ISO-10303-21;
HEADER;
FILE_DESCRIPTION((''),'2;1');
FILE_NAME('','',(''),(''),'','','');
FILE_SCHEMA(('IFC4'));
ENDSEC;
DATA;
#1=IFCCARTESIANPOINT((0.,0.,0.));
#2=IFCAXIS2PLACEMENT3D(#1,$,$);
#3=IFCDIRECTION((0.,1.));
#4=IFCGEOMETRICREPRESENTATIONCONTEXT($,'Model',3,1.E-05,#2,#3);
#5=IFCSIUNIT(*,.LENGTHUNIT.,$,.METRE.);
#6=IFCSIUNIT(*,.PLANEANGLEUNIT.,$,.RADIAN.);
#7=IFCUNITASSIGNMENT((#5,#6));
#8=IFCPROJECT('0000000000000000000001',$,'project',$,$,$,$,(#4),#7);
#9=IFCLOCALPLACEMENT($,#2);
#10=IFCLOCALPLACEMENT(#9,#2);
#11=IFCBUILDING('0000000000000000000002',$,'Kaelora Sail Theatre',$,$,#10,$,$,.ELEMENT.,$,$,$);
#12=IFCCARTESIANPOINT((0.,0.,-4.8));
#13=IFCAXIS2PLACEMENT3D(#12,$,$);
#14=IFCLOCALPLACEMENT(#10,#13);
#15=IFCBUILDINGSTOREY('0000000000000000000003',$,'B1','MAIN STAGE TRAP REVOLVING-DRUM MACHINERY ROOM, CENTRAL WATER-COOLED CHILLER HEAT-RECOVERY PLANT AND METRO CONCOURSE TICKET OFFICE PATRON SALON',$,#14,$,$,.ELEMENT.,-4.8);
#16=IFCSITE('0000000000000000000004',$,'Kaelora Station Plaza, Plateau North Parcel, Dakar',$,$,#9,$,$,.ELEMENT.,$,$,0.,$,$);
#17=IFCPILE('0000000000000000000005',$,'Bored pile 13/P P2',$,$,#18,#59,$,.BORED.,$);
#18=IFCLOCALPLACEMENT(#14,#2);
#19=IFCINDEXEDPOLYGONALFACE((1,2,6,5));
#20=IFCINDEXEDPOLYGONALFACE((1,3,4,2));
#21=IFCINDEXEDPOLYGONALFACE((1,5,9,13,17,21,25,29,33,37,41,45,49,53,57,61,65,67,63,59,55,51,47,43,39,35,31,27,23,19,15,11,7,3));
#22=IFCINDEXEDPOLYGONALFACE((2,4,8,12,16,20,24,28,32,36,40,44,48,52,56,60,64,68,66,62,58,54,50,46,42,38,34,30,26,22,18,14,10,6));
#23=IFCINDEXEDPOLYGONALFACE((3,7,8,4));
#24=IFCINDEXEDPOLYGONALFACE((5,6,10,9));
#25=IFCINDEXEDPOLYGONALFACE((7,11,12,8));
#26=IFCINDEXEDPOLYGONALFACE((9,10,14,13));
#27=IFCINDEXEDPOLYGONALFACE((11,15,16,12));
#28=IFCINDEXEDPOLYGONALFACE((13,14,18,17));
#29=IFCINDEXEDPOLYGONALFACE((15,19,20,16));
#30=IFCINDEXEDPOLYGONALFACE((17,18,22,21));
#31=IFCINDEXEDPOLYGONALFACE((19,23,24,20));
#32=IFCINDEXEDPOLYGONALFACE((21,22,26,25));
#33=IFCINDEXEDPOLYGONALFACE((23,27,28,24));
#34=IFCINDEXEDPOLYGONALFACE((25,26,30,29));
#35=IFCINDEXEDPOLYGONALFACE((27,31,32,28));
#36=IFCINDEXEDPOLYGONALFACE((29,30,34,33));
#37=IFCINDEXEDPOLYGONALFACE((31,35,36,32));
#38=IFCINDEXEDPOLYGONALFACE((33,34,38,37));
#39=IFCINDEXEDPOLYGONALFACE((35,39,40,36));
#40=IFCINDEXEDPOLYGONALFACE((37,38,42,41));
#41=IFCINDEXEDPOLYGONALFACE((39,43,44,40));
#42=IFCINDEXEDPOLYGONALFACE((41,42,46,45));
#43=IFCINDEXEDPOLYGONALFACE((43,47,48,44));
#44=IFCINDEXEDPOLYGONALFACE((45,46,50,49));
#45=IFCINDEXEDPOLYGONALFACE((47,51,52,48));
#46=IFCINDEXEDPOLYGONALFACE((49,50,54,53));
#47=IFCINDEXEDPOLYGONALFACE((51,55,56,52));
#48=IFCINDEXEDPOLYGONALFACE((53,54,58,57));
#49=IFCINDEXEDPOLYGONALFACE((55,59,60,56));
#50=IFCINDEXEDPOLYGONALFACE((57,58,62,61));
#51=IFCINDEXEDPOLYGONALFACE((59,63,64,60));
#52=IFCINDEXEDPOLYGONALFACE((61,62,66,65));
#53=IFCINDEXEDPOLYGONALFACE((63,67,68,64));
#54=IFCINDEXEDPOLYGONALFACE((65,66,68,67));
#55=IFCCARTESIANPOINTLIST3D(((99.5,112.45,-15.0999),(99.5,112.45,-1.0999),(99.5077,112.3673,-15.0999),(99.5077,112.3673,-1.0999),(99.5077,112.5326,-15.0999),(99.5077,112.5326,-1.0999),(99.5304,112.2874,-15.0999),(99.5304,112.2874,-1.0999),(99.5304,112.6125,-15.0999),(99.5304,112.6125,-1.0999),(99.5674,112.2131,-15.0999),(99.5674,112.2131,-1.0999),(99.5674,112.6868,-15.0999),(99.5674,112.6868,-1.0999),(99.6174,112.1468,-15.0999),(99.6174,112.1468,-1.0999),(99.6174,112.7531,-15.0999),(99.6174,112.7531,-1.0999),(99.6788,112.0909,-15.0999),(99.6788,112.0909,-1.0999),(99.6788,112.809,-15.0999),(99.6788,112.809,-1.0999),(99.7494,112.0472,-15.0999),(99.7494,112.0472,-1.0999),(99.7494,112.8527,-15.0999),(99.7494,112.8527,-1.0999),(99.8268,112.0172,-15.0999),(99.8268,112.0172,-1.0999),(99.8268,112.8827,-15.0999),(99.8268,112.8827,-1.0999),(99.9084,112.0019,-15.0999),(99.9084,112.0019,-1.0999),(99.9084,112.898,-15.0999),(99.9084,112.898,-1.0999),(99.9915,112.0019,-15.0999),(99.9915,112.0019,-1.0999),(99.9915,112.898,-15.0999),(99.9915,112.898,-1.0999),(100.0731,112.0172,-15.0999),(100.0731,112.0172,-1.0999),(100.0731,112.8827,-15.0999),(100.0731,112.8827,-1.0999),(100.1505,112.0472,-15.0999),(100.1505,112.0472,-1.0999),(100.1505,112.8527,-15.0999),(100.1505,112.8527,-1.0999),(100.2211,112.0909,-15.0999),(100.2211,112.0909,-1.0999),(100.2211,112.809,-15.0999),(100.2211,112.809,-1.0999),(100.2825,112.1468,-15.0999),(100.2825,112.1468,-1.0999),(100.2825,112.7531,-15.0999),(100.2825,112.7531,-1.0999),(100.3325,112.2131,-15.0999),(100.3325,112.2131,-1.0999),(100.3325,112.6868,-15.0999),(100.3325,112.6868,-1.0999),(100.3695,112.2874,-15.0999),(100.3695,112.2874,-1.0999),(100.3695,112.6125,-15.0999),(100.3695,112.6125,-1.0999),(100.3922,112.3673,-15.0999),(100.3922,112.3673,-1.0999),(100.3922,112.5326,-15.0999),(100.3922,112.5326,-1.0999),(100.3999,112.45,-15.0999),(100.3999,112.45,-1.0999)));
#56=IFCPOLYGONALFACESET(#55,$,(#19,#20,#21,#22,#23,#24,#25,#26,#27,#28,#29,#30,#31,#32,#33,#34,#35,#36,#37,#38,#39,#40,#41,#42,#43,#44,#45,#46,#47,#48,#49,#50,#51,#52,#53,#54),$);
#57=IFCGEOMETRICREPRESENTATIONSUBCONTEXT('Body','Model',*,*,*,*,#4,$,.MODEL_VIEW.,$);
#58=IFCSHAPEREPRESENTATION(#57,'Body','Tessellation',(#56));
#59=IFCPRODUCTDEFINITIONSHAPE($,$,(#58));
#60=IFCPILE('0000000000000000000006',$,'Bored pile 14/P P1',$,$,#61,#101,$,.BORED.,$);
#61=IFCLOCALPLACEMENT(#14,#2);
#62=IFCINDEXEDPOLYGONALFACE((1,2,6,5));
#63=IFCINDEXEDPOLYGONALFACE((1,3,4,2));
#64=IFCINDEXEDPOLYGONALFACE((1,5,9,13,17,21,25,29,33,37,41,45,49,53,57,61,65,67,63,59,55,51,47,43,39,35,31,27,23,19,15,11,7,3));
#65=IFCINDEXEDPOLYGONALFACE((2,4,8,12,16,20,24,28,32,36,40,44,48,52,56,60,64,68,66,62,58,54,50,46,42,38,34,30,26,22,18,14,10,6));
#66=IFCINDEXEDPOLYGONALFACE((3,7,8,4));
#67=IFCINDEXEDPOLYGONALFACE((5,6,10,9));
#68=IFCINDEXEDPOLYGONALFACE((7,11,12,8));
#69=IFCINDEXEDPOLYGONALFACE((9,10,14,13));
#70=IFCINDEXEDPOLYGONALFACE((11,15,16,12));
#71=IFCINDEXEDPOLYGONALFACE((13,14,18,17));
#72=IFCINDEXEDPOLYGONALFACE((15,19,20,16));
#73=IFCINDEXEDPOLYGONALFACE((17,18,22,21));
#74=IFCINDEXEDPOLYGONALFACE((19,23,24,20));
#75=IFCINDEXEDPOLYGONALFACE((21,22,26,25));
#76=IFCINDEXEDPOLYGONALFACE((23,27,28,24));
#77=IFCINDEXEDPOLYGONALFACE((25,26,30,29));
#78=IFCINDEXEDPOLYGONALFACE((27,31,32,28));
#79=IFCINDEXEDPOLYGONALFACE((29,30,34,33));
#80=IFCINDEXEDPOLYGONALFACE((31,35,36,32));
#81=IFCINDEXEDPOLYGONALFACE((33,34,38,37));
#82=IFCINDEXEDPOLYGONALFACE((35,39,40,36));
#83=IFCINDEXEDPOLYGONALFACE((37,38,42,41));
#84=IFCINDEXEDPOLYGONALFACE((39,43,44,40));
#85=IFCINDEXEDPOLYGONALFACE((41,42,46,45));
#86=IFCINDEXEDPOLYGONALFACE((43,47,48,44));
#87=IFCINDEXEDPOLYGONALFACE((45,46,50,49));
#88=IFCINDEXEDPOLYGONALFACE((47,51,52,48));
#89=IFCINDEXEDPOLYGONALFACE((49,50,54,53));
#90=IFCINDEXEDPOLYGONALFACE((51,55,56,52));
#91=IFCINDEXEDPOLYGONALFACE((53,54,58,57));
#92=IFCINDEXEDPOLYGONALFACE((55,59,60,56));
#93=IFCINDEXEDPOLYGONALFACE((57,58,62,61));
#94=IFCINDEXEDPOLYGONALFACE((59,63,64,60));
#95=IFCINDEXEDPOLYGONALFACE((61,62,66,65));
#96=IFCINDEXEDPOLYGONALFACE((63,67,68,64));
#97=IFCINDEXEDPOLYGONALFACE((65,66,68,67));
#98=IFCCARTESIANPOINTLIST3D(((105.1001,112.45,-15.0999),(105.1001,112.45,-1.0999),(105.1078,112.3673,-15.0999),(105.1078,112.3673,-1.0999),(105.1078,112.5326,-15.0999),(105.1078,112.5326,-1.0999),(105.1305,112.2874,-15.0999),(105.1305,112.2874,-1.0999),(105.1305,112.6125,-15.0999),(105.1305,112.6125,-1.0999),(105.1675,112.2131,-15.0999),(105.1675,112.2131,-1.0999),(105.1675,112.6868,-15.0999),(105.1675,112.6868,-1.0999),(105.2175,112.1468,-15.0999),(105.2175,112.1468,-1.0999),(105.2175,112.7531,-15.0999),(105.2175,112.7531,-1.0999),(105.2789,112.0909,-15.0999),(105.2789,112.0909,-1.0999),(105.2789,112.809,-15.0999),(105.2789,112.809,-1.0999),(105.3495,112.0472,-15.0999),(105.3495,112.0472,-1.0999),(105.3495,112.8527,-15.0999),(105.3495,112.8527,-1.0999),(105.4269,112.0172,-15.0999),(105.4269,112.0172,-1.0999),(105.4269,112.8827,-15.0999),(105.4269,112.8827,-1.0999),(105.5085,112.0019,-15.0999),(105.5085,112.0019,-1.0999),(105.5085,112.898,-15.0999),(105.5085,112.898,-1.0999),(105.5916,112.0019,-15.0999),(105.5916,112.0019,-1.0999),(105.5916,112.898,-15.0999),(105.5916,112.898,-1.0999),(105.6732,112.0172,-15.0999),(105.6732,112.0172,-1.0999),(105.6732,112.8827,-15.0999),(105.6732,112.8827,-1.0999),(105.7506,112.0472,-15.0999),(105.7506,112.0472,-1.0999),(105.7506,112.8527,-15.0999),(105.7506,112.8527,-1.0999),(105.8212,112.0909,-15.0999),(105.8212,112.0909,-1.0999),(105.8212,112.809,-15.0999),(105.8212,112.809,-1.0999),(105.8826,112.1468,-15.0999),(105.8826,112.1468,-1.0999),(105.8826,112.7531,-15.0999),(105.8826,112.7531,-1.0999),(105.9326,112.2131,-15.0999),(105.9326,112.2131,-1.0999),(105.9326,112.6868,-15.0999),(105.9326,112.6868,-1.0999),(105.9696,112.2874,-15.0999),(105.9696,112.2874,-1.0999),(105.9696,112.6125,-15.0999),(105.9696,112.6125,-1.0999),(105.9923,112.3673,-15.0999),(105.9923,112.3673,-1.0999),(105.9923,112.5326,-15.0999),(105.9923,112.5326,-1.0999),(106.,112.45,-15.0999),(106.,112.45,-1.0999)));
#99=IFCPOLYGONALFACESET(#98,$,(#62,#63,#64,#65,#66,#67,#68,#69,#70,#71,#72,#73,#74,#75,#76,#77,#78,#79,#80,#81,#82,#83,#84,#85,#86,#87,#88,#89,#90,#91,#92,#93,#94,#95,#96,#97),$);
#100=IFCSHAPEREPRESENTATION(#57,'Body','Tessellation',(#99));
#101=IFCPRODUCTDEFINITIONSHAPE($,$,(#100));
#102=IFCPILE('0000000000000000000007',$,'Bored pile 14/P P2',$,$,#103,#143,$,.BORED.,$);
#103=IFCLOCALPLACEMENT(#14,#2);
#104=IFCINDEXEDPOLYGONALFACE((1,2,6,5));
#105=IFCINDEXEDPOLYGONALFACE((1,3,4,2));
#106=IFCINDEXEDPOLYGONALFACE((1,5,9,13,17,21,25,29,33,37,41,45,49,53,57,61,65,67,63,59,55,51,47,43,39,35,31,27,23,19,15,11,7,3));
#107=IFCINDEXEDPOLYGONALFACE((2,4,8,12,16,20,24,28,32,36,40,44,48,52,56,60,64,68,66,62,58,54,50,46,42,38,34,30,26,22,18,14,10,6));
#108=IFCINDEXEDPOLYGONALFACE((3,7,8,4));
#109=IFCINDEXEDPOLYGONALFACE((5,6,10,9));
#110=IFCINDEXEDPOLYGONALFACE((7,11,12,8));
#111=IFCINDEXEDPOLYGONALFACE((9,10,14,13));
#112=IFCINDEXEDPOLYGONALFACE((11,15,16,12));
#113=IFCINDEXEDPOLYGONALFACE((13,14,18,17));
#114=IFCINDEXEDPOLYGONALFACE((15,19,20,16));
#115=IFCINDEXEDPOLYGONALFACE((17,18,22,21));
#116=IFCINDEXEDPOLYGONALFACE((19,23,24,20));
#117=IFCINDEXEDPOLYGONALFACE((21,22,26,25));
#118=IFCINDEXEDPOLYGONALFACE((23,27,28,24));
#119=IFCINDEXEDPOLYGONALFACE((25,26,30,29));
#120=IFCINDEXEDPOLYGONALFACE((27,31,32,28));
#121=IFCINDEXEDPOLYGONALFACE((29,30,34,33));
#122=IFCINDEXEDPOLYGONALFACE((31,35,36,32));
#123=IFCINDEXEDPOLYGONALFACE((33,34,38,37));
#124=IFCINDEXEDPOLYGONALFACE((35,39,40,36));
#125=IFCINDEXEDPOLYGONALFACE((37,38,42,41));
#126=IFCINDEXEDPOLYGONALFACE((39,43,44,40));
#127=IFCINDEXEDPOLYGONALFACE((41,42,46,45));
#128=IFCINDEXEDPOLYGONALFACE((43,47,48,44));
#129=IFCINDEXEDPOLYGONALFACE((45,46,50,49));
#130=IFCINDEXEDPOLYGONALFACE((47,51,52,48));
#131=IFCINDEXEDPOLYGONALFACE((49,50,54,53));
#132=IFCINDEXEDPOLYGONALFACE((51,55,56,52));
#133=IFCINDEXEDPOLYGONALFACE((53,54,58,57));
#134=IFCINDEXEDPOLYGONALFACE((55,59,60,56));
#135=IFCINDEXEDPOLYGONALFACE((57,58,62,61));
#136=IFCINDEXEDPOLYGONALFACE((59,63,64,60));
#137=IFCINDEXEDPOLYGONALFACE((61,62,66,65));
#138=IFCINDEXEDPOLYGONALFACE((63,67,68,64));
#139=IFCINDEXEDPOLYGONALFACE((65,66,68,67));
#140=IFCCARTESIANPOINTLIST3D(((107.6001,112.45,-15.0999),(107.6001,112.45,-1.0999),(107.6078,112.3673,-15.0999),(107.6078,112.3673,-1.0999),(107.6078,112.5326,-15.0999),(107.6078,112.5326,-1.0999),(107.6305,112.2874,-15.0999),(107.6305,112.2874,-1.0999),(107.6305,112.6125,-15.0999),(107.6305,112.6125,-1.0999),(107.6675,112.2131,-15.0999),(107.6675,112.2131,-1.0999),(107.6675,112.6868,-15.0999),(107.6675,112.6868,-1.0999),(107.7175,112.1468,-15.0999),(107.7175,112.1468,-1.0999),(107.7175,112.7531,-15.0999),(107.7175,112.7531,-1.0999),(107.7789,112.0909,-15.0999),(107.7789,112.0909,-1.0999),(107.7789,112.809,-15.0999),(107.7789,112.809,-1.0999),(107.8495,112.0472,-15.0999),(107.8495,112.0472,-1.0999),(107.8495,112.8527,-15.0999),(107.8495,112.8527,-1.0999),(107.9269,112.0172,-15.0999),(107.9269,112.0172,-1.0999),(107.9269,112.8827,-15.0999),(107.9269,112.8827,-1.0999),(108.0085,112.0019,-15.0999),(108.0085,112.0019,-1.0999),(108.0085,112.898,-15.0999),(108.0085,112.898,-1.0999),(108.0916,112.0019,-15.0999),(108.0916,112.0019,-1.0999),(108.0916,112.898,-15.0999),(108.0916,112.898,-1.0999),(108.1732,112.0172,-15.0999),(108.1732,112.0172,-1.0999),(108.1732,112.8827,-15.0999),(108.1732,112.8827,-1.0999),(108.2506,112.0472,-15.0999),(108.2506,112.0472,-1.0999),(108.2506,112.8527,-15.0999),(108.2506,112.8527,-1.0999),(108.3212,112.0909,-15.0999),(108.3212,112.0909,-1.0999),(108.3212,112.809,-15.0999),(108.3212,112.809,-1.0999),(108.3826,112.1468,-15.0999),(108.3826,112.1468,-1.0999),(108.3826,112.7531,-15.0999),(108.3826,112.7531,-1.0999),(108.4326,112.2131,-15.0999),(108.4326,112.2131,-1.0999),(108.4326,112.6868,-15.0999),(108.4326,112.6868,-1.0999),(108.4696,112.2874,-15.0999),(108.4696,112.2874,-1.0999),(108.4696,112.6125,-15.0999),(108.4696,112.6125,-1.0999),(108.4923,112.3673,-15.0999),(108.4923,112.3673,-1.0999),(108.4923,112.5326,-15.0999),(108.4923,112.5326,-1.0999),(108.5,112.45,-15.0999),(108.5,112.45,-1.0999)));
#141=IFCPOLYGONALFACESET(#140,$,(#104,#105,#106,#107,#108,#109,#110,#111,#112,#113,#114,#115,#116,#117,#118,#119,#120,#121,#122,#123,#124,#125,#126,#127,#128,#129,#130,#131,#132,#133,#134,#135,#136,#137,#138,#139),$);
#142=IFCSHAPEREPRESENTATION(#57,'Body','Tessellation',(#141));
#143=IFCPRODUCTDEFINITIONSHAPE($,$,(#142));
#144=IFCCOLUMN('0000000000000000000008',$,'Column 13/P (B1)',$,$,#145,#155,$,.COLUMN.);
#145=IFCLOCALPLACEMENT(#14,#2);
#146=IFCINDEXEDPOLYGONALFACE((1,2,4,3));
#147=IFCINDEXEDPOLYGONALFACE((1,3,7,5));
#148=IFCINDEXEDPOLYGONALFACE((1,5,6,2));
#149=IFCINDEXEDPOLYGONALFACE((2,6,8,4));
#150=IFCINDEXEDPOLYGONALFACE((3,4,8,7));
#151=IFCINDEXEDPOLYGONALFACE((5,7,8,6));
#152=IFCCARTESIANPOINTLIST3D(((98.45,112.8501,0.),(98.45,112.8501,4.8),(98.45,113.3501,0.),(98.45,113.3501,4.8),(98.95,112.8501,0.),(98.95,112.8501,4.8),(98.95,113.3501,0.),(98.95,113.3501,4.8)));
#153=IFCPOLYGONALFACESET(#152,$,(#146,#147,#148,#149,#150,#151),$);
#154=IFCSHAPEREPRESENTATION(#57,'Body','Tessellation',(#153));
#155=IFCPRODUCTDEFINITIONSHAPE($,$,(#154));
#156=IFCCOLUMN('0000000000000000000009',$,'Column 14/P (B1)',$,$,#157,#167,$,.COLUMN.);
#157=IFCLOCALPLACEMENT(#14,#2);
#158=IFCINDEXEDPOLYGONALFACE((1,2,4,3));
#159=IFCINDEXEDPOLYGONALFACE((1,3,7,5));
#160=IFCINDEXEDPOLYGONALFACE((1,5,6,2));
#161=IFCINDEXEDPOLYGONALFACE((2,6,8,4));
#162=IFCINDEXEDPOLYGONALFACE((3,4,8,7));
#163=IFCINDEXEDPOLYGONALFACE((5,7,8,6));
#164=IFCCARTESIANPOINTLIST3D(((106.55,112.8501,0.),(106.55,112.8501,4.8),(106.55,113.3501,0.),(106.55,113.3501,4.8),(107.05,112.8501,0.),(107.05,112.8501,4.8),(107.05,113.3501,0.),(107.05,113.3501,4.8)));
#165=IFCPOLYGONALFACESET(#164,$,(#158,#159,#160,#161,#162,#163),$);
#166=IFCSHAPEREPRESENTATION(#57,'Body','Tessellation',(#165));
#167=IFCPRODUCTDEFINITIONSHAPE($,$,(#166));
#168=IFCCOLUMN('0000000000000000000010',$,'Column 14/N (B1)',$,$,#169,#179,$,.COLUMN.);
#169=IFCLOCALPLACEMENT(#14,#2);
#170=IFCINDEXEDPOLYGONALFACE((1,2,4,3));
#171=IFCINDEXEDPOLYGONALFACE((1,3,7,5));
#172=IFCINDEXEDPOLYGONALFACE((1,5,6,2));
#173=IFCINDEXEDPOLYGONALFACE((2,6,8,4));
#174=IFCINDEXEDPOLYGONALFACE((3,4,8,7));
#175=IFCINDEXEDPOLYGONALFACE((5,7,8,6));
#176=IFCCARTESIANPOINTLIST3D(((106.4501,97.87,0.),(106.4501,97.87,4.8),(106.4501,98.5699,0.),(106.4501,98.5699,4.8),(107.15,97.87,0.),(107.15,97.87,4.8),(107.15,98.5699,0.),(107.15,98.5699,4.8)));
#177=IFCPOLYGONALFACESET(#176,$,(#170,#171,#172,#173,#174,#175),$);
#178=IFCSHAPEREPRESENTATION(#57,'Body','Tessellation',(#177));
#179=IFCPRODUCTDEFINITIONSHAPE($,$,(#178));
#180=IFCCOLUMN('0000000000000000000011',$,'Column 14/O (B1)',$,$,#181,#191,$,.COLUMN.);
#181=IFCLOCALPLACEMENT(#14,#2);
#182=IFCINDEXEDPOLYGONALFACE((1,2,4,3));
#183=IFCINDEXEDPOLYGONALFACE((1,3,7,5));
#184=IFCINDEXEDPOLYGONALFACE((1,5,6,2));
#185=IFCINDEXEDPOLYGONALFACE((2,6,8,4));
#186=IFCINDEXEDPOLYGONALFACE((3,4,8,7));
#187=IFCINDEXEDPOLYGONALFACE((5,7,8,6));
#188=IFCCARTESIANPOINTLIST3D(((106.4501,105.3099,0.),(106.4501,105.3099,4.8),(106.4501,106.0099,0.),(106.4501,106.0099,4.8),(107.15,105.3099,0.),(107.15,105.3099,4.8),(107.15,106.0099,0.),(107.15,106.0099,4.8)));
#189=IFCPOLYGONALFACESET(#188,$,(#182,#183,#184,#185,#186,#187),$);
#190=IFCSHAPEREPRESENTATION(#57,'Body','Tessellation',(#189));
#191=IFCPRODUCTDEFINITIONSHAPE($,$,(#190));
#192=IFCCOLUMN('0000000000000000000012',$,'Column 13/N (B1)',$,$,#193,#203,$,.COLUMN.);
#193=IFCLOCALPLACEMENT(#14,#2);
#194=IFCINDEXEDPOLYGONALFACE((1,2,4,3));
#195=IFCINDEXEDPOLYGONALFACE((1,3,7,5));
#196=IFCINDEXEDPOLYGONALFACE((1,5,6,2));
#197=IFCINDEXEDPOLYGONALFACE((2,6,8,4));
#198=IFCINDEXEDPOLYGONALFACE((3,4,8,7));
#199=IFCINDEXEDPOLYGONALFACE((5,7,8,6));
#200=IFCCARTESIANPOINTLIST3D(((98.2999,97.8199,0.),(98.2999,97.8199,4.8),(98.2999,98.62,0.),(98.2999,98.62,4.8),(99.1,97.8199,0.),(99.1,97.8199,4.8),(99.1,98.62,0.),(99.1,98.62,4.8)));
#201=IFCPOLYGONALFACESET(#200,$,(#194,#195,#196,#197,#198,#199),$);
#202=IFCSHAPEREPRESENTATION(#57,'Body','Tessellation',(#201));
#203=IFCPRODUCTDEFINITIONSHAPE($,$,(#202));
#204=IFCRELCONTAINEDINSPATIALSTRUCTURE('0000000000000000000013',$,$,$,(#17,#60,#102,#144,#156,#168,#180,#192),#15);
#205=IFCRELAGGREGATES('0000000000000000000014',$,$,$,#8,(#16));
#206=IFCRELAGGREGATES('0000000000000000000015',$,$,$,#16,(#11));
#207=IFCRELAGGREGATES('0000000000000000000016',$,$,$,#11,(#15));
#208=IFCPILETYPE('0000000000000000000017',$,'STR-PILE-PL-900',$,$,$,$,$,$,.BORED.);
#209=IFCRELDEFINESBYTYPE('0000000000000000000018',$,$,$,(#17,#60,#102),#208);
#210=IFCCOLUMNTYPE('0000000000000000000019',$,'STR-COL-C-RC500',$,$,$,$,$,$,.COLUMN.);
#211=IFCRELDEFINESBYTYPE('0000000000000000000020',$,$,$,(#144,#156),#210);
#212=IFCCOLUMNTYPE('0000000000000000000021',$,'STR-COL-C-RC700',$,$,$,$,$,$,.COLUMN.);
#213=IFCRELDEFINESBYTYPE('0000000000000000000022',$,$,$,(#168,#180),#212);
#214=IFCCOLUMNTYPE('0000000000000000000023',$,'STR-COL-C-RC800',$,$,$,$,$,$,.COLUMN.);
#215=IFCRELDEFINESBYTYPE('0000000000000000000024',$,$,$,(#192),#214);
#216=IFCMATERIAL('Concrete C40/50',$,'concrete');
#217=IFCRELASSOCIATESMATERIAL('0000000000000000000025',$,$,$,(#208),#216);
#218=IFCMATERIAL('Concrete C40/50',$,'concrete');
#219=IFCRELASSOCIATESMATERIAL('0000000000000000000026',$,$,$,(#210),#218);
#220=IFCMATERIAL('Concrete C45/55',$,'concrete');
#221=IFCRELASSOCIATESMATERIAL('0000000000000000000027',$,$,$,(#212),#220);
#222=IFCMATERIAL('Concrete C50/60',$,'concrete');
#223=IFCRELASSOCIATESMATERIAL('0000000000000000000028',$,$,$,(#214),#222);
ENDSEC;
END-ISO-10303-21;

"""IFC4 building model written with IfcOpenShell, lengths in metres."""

from ifc_helpers import new_model, si_unit, direction, frame, origin, origin_2d, place, context, subcontext, project, spatial, rectangle, circle, extrude, material, material_profile, profile_set, type_object, element, save


model = new_model("IFC4")

# Units and contexts
model_context = context("Model", 3, precision=1e-05, world=origin(), true_north=direction((0.0, 1.0)))
body_context = subcontext(model_context, "Body", "Model", "MODEL_VIEW")
ifc_project = project(units=[si_unit("LENGTHUNIT", "METRE"), si_unit("PLANEANGLEUNIT", "RADIAN")], contexts=[model_context])

# Site, building, storey
site_placement = place(None, origin())
site = spatial("IfcSite", under=ifc_project, at=site_placement, Name="Kaelora Station Plaza, Plateau North Parcel, Dakar", CompositionType="ELEMENT", RefElevation=0.0)
building_placement = place(site_placement, origin())
building = spatial("IfcBuilding", under=site, at=building_placement, Name="Kaelora Sail Theatre", CompositionType="ELEMENT")
storey_placement = place(building_placement, frame((0.0, 0.0, -4.8)))
storey = spatial("IfcBuildingStorey", under=building, at=storey_placement, Name="B1", Description="MAIN STAGE TRAP REVOLVING-DRUM MACHINERY ROOM, CENTRAL WATER-COOLED CHILLER HEAT-RECOVERY PLANT AND METRO CONCOURSE TICKET OFFICE PATRON SALON", CompositionType="ELEMENT", Elevation=-4.8)

# Piles
ifc_material_1 = material(Name="Concrete C40/50", Category="concrete")
ifc_material_profile_1 = material_profile(ifc_material_1, circle(Radius=0.45, at=origin_2d()), Name="PILE D900")
ifc_profile_set_1 = profile_set([ifc_material_profile_1], Name="Concrete C40/50")
pile_type_1 = type_object("IfcPileType", Name="STR-PILE-PL-900", PredefinedType="BORED", material=ifc_profile_set_1)
for number, where, z_axis, x_axis, name in (
    (1, (99.95, 112.45, -1.0999), (0.0, 0.0, -1.0), (1.0, 0.0, 0.0), "Bored pile 13/P P2"),
    (2, (105.55, 112.45, -1.0999), (0.0, 0.0, -1.0), (1.0, 0.0, 0.0), "Bored pile 14/P P1"),
    (3, (108.05, 112.45, -1.0999), (0.0, 0.0, -1.0), (1.0, 0.0, 0.0), "Bored pile 14/P P2"),
):
    element("IfcPile", number, at=place(storey_placement, frame(where, z_axis=z_axis, x_axis=x_axis)), inside=storey, type_object=pile_type_1, Name=name, PredefinedType="BORED", context=body_context, shape_type="SweptSolid", body=[
        extrude(circle(Radius=0.45, at=origin_2d()), origin(), (0.0, 0.0, 1.0), 14.0),
    ])

# Columns
ifc_material_2 = material(Name="Concrete C40/50", Category="concrete")
ifc_material_profile_2 = material_profile(ifc_material_2, rectangle(XDim=0.5, YDim=0.5, at=origin_2d()), Name="RC-COL 500x500")
ifc_profile_set_2 = profile_set([ifc_material_profile_2], Name="Concrete C40/50")
column_type_1 = type_object("IfcColumnType", Name="STR-COL-C-RC500", PredefinedType="COLUMN", material=ifc_profile_set_2)
for number, where, z_axis, x_axis, name in (
    (4, (98.7, 113.1001, 0.0), (0.0, 0.0, 1.0), (1.0, 0.0, 0.0), "Column 13/P (B1)"),
    (5, (106.8, 113.1001, 0.0), (0.0, 0.0, 1.0), (1.0, 0.0, 0.0), "Column 14/P (B1)"),
):
    element("IfcColumn", number, at=place(storey_placement, frame(where, z_axis=z_axis, x_axis=x_axis)), inside=storey, type_object=column_type_1, Name=name, PredefinedType="COLUMN", context=body_context, shape_type="SweptSolid", body=[
        extrude(rectangle(XDim=0.5, YDim=0.5, at=origin_2d()), origin(), (0.0, 0.0, 1.0), 4.8),
    ])
ifc_material_3 = material(Name="Concrete C45/55", Category="concrete")
ifc_material_profile_3 = material_profile(ifc_material_3, rectangle(XDim=0.7, YDim=0.7, at=origin_2d()), Name="RC-COL 700x700")
ifc_profile_set_3 = profile_set([ifc_material_profile_3], Name="Concrete C45/55")
column_type_2 = type_object("IfcColumnType", Name="STR-COL-C-RC700", PredefinedType="COLUMN", material=ifc_profile_set_3)
for number, where, z_axis, x_axis, name in (
    (6, (106.8, 98.22, 0.0), (0.0, 0.0, 1.0), (1.0, 0.0, 0.0), "Column 14/N (B1)"),
    (7, (106.8, 105.6599, 0.0), (0.0, 0.0, 1.0), (1.0, 0.0, 0.0), "Column 14/O (B1)"),
):
    element("IfcColumn", number, at=place(storey_placement, frame(where, z_axis=z_axis, x_axis=x_axis)), inside=storey, type_object=column_type_2, Name=name, PredefinedType="COLUMN", context=body_context, shape_type="SweptSolid", body=[
        extrude(rectangle(XDim=0.7, YDim=0.7, at=origin_2d()), origin(), (0.0, 0.0, 1.0), 4.8),
    ])
ifc_material_4 = material(Name="Concrete C50/60", Category="concrete")
ifc_material_profile_4 = material_profile(ifc_material_4, rectangle(XDim=0.8, YDim=0.8, at=origin_2d()), Name="RC-COL 800x800")
ifc_profile_set_4 = profile_set([ifc_material_profile_4], Name="Concrete C50/60")
column_type_3 = type_object("IfcColumnType", Name="STR-COL-C-RC800", PredefinedType="COLUMN", material=ifc_profile_set_4)
for number, where, z_axis, x_axis, name in (
    (8, (98.7, 98.22, 0.0), (0.0, 0.0, 1.0), (1.0, 0.0, 0.0), "Column 13/N (B1)"),
):
    element("IfcColumn", number, at=place(storey_placement, frame(where, z_axis=z_axis, x_axis=x_axis)), inside=storey, type_object=column_type_3, Name=name, PredefinedType="COLUMN", context=body_context, shape_type="SweptSolid", body=[
        extrude(rectangle(XDim=0.8, YDim=0.8, at=origin_2d()), origin(), (0.0, 0.0, 1.0), 4.8),
    ])

save(model, "model.ifc")
